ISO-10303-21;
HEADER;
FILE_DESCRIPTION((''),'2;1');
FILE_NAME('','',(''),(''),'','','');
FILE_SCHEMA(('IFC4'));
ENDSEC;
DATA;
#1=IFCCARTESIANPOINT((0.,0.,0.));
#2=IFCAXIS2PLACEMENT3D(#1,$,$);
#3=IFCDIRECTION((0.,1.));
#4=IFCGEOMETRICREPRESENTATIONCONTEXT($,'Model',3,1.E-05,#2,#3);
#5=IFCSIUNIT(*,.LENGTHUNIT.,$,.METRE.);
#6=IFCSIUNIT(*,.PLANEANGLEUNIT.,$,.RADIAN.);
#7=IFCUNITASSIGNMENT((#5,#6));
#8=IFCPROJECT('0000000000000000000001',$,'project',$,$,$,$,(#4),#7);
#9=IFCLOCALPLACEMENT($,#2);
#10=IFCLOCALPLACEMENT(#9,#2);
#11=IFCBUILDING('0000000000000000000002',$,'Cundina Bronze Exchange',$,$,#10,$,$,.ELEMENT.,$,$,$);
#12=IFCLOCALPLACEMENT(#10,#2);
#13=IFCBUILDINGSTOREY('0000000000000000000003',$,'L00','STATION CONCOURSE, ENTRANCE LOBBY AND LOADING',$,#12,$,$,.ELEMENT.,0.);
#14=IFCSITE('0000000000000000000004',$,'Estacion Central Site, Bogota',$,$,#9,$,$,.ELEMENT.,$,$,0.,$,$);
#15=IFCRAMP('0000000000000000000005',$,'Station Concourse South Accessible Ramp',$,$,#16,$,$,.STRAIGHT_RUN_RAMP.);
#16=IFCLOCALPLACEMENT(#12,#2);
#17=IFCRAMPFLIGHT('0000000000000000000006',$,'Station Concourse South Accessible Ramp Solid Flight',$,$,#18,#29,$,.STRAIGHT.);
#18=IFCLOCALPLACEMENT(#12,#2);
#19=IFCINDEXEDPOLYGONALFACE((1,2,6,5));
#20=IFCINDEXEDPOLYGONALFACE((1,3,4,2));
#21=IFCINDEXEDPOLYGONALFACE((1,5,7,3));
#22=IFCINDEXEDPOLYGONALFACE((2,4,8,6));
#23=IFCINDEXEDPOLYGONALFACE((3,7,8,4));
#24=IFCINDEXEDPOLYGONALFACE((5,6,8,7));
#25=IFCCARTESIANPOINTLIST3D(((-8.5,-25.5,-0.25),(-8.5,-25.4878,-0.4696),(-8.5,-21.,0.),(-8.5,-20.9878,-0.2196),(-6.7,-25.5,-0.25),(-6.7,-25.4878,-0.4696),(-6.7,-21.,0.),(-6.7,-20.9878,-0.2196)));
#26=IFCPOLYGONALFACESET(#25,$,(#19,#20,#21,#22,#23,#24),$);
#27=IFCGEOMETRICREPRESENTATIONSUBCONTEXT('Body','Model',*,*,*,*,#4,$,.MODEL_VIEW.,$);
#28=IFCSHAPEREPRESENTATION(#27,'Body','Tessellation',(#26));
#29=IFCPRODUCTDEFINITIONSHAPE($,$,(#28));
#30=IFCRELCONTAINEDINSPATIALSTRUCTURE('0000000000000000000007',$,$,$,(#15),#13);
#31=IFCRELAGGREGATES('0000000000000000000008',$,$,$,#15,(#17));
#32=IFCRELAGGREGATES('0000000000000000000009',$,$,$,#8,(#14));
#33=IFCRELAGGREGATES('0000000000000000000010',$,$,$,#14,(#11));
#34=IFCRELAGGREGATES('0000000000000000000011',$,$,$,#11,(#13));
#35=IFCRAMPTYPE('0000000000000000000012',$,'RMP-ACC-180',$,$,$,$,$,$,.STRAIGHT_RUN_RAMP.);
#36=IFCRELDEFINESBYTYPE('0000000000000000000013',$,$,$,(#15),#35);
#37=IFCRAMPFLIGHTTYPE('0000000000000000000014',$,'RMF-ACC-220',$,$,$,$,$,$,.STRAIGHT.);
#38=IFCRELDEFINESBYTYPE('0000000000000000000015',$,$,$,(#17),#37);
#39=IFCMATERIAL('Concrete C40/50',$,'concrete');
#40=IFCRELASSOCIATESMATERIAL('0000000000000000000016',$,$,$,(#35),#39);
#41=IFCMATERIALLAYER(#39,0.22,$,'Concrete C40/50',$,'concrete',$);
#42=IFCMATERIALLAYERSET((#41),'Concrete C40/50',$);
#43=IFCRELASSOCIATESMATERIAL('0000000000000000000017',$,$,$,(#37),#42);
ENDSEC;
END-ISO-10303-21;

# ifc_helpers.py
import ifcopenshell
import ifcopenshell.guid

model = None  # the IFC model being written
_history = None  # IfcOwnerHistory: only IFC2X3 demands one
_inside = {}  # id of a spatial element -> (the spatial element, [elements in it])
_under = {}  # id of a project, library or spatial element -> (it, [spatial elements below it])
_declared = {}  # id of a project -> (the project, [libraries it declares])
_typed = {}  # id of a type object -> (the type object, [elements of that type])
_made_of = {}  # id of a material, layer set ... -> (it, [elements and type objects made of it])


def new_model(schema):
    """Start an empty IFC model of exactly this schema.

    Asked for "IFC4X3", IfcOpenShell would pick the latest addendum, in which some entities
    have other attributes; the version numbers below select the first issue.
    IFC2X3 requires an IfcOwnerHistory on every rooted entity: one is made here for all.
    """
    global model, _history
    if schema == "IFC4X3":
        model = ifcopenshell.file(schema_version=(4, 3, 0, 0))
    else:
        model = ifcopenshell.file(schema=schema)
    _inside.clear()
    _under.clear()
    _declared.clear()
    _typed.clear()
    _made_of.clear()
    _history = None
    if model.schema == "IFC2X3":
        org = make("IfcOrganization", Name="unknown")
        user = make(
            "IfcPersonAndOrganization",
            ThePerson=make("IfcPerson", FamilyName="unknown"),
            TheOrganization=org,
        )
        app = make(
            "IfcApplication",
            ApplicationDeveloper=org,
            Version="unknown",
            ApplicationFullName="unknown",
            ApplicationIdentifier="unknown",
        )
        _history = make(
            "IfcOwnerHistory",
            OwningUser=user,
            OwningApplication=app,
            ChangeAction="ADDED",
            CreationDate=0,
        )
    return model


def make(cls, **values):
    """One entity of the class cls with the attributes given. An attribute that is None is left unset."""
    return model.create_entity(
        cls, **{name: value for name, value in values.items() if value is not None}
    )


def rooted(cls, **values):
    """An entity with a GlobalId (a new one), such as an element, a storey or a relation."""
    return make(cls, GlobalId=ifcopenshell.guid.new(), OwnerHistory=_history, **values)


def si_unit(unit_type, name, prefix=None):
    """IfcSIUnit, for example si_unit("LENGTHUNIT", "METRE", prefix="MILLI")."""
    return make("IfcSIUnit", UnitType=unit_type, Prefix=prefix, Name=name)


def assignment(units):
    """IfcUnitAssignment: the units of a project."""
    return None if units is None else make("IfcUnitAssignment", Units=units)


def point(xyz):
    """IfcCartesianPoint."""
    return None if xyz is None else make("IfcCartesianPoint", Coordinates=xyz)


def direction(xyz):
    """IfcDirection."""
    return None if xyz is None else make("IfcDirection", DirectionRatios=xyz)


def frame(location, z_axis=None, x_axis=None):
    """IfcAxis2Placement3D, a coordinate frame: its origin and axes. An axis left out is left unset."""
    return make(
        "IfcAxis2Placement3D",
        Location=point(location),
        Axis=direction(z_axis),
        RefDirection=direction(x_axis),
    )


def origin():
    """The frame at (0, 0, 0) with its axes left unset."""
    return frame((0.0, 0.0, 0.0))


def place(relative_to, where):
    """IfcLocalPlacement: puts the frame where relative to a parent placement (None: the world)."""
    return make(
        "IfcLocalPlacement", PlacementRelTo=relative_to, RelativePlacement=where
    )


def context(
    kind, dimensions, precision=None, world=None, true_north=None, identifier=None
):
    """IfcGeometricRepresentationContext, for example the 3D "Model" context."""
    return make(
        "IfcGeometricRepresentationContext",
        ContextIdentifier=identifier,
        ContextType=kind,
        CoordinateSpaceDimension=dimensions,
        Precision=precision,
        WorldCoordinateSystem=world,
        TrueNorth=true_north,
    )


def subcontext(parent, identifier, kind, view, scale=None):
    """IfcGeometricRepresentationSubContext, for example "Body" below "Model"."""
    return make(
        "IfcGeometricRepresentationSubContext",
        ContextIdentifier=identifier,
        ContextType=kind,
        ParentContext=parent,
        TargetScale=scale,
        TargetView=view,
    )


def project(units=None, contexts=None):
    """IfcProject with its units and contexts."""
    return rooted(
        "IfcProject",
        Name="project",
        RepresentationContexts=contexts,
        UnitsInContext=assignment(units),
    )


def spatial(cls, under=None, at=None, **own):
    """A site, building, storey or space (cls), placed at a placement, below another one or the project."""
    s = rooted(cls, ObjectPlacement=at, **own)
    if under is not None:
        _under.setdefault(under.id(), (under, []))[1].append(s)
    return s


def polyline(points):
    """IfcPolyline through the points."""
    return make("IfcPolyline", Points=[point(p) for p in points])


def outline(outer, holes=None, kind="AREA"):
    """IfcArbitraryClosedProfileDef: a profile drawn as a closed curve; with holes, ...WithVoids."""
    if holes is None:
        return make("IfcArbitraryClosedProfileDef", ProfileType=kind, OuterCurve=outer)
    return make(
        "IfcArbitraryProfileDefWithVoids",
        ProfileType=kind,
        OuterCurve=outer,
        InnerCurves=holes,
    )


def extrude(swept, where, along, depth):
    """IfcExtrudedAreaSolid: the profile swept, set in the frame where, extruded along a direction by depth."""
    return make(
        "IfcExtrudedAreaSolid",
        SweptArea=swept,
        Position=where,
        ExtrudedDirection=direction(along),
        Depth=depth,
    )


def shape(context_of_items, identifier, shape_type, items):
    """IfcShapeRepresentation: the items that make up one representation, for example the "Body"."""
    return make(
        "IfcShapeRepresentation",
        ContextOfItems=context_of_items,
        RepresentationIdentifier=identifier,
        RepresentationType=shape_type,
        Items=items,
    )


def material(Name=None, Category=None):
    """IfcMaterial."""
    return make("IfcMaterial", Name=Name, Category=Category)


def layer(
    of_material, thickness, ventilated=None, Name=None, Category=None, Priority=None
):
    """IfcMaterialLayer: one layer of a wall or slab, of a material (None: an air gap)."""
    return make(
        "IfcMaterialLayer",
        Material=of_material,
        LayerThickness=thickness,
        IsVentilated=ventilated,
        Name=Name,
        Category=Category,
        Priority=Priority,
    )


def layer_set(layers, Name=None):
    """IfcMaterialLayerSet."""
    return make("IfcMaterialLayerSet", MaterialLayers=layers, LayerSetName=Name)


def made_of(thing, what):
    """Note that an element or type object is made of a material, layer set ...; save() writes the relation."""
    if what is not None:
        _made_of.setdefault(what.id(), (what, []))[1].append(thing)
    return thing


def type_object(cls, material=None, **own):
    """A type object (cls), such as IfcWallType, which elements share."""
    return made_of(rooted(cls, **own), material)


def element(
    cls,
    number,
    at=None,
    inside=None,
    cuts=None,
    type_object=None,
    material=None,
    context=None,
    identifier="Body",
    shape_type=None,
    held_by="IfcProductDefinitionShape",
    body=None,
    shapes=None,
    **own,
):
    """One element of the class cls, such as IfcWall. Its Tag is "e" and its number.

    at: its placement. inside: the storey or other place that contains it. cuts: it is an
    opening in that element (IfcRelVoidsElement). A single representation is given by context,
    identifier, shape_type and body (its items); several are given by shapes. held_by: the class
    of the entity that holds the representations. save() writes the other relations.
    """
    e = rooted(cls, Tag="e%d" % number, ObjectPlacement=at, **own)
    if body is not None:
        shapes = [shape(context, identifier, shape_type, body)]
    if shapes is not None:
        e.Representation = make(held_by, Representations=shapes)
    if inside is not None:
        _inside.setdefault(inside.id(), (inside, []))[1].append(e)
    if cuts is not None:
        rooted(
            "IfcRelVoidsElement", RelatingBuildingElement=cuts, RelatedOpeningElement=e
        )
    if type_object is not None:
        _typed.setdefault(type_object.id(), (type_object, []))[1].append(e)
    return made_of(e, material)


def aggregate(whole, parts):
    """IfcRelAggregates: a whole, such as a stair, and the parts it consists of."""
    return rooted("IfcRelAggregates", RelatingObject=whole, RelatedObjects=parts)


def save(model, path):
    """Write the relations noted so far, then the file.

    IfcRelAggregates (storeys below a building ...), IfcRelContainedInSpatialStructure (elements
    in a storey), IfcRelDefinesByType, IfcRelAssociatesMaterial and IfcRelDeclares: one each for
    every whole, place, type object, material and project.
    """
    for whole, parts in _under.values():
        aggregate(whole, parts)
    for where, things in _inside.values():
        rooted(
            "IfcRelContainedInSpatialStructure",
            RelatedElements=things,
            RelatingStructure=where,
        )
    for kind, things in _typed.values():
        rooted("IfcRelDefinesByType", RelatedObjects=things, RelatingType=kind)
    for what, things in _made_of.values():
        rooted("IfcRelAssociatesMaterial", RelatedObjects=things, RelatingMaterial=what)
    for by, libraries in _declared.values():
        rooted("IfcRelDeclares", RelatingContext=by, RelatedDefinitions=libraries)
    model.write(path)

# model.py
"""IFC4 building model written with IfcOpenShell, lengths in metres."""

from ifc_helpers import new_model, si_unit, direction, frame, origin, place, context, subcontext, project, spatial, polyline, outline, extrude, material, layer, layer_set, type_object, element, aggregate, save


model = new_model("IFC4")

# Units and contexts
model_context = context("Model", 3, precision=1e-05, world=origin(), true_north=direction((0.0, 1.0)))
body_context = subcontext(model_context, "Body", "Model", "MODEL_VIEW")
ifc_project = project(units=[si_unit("LENGTHUNIT", "METRE"), si_unit("PLANEANGLEUNIT", "RADIAN")], contexts=[model_context])

# Site, building, storey
site_placement = place(None, origin())
site = spatial("IfcSite", under=ifc_project, at=site_placement, Name="Estacion Central Site, Bogota", CompositionType="ELEMENT", RefElevation=0.0)
building_placement = place(site_placement, origin())
building = spatial("IfcBuilding", under=site, at=building_placement, Name="Cundina Bronze Exchange", CompositionType="ELEMENT")
storey_placement = place(building_placement, origin())
storey = spatial("IfcBuildingStorey", under=building, at=storey_placement, Name="L00", Description="STATION CONCOURSE, ENTRANCE LOBBY AND LOADING", CompositionType="ELEMENT", Elevation=0.0)

# Shared definitions
ifc_material_1 = material(Name="Concrete C40/50", Category="concrete")

# Ramp, ramp flight
ramp_type = type_object("IfcRampType", Name="RMP-ACC-180", PredefinedType="STRAIGHT_RUN_RAMP", material=ifc_material_1)
ramp_placement = place(storey_placement, origin())
ramp = element("IfcRamp", 1, at=ramp_placement, inside=storey, type_object=ramp_type, Name="Station Concourse South Accessible Ramp", PredefinedType="STRAIGHT_RUN_RAMP")
ifc_layer_1 = layer(ifc_material_1, 0.22, Name="Concrete C40/50", Category="concrete")
ifc_layer_set_1 = layer_set([ifc_layer_1], Name="Concrete C40/50")
ramp_flight_type = type_object("IfcRampFlightType", Name="RMF-ACC-220", PredefinedType="STRAIGHT", material=ifc_layer_set_1)
ramp_flight_placement = place(storey_placement, frame((-8.5, -25.5, -0.25), z_axis=(0.0, -0.05547, 0.99846), x_axis=(1.0, 0.0, 0.0)))
ramp_flight = element("IfcRampFlight", 2, at=ramp_flight_placement, type_object=ramp_flight_type, Name="Station Concourse South Accessible Ramp Solid Flight", PredefinedType="STRAIGHT", context=body_context, shape_type="SweptSolid", body=[
    extrude(outline(polyline([(0.0, 0.0), (1.8, 0.0), (1.8, 4.5069), (0.0, 4.5069), (0.0, 0.0)])), origin(), (0.0, 0.0, -1.0), 0.22),
])
aggregate(ramp, [ramp_flight])

save(model, "model.ifc")
